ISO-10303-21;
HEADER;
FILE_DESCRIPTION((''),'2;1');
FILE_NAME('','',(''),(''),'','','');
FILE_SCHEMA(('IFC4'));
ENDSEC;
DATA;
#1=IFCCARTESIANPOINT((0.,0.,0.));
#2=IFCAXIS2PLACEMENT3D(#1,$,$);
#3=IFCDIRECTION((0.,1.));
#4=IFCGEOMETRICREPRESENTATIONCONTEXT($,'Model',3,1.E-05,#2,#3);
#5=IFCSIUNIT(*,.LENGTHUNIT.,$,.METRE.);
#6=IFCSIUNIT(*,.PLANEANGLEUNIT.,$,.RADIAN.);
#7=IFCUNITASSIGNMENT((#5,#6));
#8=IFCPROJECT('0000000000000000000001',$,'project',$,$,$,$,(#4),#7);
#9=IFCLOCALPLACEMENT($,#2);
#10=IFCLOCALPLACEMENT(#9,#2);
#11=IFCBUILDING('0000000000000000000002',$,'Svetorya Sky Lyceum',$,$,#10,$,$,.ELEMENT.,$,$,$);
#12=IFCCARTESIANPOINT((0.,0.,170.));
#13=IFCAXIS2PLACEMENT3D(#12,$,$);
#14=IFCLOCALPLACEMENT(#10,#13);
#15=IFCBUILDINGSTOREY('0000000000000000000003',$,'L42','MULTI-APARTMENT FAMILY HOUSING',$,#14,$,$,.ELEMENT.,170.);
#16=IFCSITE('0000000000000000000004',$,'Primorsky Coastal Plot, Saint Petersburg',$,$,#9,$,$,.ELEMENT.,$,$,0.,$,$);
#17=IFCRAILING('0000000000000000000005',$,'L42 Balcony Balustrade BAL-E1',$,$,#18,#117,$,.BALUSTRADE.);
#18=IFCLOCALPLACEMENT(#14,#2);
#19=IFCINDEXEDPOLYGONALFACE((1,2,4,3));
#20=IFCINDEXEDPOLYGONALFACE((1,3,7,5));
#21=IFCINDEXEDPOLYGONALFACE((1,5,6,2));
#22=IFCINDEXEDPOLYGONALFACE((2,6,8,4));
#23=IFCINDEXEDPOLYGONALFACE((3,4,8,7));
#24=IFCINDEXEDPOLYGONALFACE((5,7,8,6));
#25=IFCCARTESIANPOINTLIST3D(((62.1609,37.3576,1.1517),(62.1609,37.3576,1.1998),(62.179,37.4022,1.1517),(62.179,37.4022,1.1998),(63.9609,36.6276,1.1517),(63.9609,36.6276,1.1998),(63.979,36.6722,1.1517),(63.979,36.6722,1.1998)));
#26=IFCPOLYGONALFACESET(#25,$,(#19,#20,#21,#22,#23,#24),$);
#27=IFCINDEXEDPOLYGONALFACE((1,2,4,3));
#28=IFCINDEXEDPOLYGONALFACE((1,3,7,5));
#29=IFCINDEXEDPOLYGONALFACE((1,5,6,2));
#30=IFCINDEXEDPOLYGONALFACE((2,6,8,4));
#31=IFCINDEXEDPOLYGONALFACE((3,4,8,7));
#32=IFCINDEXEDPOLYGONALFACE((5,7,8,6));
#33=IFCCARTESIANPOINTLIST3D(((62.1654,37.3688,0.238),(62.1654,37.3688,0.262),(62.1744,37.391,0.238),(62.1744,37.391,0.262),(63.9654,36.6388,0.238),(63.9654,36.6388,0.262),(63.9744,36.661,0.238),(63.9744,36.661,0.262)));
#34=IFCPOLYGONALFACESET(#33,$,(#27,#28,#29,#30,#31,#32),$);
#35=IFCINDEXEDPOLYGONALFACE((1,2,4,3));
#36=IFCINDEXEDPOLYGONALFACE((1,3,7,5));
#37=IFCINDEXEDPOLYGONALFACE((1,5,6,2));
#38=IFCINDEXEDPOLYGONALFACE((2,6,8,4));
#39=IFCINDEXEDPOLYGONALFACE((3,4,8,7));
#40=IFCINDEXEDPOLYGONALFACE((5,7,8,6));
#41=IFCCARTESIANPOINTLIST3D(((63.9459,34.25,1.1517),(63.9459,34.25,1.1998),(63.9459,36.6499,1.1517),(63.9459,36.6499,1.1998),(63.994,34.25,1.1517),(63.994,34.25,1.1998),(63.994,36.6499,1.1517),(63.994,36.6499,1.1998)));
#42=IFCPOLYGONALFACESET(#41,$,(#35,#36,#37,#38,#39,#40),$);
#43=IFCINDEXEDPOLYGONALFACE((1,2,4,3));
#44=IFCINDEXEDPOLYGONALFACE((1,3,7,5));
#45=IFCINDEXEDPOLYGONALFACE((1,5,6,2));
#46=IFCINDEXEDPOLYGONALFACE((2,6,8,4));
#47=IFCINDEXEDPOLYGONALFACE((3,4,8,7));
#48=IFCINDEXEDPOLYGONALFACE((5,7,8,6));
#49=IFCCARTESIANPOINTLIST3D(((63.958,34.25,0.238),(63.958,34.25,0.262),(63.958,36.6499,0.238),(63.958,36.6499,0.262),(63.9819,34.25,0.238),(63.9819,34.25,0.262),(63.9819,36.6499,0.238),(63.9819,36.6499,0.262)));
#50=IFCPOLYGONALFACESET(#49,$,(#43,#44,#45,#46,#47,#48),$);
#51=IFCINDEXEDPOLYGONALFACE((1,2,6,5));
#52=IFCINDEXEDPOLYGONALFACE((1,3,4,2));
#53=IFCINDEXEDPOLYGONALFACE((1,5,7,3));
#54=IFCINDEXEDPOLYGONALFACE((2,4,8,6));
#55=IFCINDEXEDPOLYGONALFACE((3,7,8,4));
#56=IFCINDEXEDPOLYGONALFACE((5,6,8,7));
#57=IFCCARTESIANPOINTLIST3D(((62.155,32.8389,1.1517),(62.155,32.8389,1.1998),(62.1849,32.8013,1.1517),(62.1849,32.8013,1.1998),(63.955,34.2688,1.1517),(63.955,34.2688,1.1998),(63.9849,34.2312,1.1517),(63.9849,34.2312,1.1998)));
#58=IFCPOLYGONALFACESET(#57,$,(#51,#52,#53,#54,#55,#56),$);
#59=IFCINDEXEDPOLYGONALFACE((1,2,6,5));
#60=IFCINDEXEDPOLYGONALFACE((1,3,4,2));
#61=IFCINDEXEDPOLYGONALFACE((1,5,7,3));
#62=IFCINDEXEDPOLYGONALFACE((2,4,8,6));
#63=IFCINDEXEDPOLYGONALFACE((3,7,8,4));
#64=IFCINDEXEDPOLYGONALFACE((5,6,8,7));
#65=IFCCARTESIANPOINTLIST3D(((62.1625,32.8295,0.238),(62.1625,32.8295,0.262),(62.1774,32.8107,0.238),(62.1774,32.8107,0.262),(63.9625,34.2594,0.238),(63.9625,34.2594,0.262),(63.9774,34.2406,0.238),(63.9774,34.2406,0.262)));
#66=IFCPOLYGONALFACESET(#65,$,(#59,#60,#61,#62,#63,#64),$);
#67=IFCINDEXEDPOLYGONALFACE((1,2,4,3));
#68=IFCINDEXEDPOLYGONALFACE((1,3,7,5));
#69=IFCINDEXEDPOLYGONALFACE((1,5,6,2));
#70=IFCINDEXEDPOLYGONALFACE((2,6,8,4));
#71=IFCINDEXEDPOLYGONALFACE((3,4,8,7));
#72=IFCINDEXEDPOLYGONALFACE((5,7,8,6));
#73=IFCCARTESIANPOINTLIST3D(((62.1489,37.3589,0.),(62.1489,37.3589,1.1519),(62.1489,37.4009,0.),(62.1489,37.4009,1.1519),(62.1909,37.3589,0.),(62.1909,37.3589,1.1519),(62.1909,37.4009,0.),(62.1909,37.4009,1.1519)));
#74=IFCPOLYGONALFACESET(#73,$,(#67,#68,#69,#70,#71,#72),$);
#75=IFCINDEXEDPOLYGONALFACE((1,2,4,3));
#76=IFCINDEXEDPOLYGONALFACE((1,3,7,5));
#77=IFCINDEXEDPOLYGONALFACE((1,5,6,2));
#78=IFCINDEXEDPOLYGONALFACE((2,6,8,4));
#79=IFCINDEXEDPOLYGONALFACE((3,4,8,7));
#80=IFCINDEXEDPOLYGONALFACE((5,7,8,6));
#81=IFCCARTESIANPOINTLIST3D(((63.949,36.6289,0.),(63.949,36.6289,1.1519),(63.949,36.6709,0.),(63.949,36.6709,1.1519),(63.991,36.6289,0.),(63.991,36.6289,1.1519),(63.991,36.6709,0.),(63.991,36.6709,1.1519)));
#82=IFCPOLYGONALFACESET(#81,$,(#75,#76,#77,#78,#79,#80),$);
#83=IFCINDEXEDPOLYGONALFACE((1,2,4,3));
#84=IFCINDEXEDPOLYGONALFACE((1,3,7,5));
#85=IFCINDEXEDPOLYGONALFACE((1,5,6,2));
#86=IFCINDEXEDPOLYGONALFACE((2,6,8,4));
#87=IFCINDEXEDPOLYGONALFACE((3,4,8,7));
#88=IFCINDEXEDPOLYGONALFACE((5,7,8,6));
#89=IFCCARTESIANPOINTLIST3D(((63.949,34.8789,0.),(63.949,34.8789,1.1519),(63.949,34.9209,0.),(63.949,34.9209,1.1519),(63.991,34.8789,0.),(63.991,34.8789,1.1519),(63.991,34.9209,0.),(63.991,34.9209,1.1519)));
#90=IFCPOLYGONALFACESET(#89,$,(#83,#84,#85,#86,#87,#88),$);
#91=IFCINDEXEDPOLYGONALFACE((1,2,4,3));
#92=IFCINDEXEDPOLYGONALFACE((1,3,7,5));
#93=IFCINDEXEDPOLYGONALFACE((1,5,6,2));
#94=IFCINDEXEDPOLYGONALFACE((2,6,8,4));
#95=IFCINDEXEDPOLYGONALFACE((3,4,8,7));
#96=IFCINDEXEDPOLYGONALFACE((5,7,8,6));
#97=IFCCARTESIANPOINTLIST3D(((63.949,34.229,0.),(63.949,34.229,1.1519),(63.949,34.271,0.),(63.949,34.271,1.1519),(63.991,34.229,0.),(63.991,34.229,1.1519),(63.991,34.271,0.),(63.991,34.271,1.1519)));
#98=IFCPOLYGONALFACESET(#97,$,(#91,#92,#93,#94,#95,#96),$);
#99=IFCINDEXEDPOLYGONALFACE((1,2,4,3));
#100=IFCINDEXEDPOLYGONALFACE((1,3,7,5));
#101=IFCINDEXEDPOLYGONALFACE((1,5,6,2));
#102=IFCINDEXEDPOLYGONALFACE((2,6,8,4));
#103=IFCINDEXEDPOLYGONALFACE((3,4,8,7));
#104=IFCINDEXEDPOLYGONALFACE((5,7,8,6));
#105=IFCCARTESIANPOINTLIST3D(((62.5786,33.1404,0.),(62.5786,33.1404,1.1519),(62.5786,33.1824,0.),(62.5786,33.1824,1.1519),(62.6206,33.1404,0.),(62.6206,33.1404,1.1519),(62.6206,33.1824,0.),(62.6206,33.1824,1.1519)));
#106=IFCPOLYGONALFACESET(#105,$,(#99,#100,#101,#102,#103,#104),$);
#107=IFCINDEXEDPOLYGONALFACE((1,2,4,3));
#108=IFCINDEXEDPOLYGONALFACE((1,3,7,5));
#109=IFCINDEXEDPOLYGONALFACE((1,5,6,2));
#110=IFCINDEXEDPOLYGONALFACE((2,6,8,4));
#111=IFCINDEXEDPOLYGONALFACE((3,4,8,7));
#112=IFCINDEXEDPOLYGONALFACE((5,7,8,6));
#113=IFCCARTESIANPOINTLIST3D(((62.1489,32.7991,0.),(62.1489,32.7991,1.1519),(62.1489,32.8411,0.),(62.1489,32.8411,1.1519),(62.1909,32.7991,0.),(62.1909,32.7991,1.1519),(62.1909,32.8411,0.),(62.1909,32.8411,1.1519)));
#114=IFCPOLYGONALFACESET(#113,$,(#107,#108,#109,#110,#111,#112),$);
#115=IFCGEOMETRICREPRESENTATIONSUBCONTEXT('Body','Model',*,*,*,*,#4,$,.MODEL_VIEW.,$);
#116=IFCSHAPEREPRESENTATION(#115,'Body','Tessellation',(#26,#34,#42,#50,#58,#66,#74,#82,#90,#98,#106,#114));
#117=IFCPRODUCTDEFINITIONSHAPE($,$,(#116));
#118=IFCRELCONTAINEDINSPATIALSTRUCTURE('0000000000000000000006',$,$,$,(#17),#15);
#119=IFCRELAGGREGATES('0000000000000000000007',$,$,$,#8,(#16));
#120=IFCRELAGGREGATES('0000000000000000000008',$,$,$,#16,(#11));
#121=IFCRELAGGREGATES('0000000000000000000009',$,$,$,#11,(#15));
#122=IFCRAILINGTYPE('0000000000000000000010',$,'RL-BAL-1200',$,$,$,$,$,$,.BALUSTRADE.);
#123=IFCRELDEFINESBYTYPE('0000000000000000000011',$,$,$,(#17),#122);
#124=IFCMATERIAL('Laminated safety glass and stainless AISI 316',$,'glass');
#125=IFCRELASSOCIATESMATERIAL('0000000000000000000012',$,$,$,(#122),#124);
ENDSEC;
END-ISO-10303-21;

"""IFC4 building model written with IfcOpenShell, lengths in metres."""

from ifc_helpers import new_model, si_unit, direction, frame, origin, origin_2d, place, context, subcontext, project, spatial, rectangle, extrude, material, type_object, element, save


model = new_model("IFC4")

# Units and contexts
model_context = context("Model", 3, precision=1e-05, world=origin(), true_north=direction((0.0, 1.0)))
body_context = subcontext(model_context, "Body", "Model", "MODEL_VIEW")
ifc_project = project(units=[si_unit("LENGTHUNIT", "METRE"), si_unit("PLANEANGLEUNIT", "RADIAN")], contexts=[model_context])

# Site, building, storey
site_placement = place(None, origin())
site = spatial("IfcSite", under=ifc_project, at=site_placement, Name="Primorsky Coastal Plot, Saint Petersburg", CompositionType="ELEMENT", RefElevation=0.0)
building_placement = place(site_placement, origin())
building = spatial("IfcBuilding", under=site, at=building_placement, Name="Svetorya Sky Lyceum", CompositionType="ELEMENT")
storey_placement = place(building_placement, frame((0.0, 0.0, 170.0)))
storey = spatial("IfcBuildingStorey", under=building, at=storey_placement, Name="L42", Description="MULTI-APARTMENT FAMILY HOUSING", CompositionType="ELEMENT", Elevation=170.0)

# Railing
ifc_material_1 = material(Name="Laminated safety glass and stainless AISI 316", Category="glass")
railing_type = type_object("IfcRailingType", Name="RL-BAL-1200", PredefinedType="BALUSTRADE", material=ifc_material_1)
railing_placement = place(storey_placement, frame((62.1699, 37.3799, 0.0)))
element("IfcRailing", 1, at=railing_placement, inside=storey, type_object=railing_type, Name="L42 Balcony Balustrade BAL-E1", PredefinedType="BALUSTRADE", context=body_context, shape_type="SweptSolid", body=[
    extrude(rectangle(XDim=0.0481, YDim=0.0481, at=origin_2d()), frame((0.0, 0.0, 1.1758), z_axis=(0.926698, -0.375807, 0.0), x_axis=(0.375807, 0.926698, 0.0)), (0.0, 0.0, 1.0), 1.9424),
    extrude(rectangle(XDim=0.0239, YDim=0.0239, at=origin_2d()), frame((0.0, 0.0, 0.25), z_axis=(0.926698, -0.375807, 0.0), x_axis=(0.375807, 0.926698, 0.0)), (0.0, 0.0, 1.0), 1.9424),
    extrude(rectangle(XDim=0.0481, YDim=0.0481, at=origin_2d()), frame((1.8, -0.73, 1.1758), z_axis=(0.0, -1.0, 0.0), x_axis=(1.0, 0.0, 0.0)), (0.0, 0.0, 1.0), 2.3999),
    extrude(rectangle(XDim=0.0239, YDim=0.0239, at=origin_2d()), frame((1.8, -0.73, 0.25), z_axis=(0.0, -1.0, 0.0), x_axis=(1.0, 0.0, 0.0)), (0.0, 0.0, 1.0), 2.3999),
    extrude(rectangle(XDim=0.0481, YDim=0.0481, at=origin_2d()), frame((1.8, -3.1299, 1.1758), z_axis=(-0.783009, -0.62201, 0.0), x_axis=(0.62201, -0.783009, 0.0)), (0.0, 0.0, 1.0), 2.2988),
    extrude(rectangle(XDim=0.0239, YDim=0.0239, at=origin_2d()), frame((1.8, -3.1299, 0.25), z_axis=(-0.783009, -0.62201, 0.0), x_axis=(0.62201, -0.783009, 0.0)), (0.0, 0.0, 1.0), 2.2988),
    extrude(rectangle(XDim=0.042, YDim=0.042, at=origin_2d()), origin(), (0.0, 0.0, 1.0), 1.1519),
    extrude(rectangle(XDim=0.042, YDim=0.042, at=origin_2d()), frame((1.8, -0.73, 0.0)), (0.0, 0.0, 1.0), 1.1519),
    extrude(rectangle(XDim=0.042, YDim=0.042, at=origin_2d()), frame((1.8, -2.48, 0.0)), (0.0, 0.0, 1.0), 1.1519),
    extrude(rectangle(XDim=0.042, YDim=0.042, at=origin_2d()), frame((1.8, -3.1299, 0.0)), (0.0, 0.0, 1.0), 1.1519),
    extrude(rectangle(XDim=0.042, YDim=0.042, at=origin_2d()), frame((0.4297, -4.2185, 0.0)), (0.0, 0.0, 1.0), 1.1519),
    extrude(rectangle(XDim=0.042, YDim=0.042, at=origin_2d()), frame((0.0, -4.5598, 0.0)), (0.0, 0.0, 1.0), 1.1519),
])

save(model, "model.ifc")
